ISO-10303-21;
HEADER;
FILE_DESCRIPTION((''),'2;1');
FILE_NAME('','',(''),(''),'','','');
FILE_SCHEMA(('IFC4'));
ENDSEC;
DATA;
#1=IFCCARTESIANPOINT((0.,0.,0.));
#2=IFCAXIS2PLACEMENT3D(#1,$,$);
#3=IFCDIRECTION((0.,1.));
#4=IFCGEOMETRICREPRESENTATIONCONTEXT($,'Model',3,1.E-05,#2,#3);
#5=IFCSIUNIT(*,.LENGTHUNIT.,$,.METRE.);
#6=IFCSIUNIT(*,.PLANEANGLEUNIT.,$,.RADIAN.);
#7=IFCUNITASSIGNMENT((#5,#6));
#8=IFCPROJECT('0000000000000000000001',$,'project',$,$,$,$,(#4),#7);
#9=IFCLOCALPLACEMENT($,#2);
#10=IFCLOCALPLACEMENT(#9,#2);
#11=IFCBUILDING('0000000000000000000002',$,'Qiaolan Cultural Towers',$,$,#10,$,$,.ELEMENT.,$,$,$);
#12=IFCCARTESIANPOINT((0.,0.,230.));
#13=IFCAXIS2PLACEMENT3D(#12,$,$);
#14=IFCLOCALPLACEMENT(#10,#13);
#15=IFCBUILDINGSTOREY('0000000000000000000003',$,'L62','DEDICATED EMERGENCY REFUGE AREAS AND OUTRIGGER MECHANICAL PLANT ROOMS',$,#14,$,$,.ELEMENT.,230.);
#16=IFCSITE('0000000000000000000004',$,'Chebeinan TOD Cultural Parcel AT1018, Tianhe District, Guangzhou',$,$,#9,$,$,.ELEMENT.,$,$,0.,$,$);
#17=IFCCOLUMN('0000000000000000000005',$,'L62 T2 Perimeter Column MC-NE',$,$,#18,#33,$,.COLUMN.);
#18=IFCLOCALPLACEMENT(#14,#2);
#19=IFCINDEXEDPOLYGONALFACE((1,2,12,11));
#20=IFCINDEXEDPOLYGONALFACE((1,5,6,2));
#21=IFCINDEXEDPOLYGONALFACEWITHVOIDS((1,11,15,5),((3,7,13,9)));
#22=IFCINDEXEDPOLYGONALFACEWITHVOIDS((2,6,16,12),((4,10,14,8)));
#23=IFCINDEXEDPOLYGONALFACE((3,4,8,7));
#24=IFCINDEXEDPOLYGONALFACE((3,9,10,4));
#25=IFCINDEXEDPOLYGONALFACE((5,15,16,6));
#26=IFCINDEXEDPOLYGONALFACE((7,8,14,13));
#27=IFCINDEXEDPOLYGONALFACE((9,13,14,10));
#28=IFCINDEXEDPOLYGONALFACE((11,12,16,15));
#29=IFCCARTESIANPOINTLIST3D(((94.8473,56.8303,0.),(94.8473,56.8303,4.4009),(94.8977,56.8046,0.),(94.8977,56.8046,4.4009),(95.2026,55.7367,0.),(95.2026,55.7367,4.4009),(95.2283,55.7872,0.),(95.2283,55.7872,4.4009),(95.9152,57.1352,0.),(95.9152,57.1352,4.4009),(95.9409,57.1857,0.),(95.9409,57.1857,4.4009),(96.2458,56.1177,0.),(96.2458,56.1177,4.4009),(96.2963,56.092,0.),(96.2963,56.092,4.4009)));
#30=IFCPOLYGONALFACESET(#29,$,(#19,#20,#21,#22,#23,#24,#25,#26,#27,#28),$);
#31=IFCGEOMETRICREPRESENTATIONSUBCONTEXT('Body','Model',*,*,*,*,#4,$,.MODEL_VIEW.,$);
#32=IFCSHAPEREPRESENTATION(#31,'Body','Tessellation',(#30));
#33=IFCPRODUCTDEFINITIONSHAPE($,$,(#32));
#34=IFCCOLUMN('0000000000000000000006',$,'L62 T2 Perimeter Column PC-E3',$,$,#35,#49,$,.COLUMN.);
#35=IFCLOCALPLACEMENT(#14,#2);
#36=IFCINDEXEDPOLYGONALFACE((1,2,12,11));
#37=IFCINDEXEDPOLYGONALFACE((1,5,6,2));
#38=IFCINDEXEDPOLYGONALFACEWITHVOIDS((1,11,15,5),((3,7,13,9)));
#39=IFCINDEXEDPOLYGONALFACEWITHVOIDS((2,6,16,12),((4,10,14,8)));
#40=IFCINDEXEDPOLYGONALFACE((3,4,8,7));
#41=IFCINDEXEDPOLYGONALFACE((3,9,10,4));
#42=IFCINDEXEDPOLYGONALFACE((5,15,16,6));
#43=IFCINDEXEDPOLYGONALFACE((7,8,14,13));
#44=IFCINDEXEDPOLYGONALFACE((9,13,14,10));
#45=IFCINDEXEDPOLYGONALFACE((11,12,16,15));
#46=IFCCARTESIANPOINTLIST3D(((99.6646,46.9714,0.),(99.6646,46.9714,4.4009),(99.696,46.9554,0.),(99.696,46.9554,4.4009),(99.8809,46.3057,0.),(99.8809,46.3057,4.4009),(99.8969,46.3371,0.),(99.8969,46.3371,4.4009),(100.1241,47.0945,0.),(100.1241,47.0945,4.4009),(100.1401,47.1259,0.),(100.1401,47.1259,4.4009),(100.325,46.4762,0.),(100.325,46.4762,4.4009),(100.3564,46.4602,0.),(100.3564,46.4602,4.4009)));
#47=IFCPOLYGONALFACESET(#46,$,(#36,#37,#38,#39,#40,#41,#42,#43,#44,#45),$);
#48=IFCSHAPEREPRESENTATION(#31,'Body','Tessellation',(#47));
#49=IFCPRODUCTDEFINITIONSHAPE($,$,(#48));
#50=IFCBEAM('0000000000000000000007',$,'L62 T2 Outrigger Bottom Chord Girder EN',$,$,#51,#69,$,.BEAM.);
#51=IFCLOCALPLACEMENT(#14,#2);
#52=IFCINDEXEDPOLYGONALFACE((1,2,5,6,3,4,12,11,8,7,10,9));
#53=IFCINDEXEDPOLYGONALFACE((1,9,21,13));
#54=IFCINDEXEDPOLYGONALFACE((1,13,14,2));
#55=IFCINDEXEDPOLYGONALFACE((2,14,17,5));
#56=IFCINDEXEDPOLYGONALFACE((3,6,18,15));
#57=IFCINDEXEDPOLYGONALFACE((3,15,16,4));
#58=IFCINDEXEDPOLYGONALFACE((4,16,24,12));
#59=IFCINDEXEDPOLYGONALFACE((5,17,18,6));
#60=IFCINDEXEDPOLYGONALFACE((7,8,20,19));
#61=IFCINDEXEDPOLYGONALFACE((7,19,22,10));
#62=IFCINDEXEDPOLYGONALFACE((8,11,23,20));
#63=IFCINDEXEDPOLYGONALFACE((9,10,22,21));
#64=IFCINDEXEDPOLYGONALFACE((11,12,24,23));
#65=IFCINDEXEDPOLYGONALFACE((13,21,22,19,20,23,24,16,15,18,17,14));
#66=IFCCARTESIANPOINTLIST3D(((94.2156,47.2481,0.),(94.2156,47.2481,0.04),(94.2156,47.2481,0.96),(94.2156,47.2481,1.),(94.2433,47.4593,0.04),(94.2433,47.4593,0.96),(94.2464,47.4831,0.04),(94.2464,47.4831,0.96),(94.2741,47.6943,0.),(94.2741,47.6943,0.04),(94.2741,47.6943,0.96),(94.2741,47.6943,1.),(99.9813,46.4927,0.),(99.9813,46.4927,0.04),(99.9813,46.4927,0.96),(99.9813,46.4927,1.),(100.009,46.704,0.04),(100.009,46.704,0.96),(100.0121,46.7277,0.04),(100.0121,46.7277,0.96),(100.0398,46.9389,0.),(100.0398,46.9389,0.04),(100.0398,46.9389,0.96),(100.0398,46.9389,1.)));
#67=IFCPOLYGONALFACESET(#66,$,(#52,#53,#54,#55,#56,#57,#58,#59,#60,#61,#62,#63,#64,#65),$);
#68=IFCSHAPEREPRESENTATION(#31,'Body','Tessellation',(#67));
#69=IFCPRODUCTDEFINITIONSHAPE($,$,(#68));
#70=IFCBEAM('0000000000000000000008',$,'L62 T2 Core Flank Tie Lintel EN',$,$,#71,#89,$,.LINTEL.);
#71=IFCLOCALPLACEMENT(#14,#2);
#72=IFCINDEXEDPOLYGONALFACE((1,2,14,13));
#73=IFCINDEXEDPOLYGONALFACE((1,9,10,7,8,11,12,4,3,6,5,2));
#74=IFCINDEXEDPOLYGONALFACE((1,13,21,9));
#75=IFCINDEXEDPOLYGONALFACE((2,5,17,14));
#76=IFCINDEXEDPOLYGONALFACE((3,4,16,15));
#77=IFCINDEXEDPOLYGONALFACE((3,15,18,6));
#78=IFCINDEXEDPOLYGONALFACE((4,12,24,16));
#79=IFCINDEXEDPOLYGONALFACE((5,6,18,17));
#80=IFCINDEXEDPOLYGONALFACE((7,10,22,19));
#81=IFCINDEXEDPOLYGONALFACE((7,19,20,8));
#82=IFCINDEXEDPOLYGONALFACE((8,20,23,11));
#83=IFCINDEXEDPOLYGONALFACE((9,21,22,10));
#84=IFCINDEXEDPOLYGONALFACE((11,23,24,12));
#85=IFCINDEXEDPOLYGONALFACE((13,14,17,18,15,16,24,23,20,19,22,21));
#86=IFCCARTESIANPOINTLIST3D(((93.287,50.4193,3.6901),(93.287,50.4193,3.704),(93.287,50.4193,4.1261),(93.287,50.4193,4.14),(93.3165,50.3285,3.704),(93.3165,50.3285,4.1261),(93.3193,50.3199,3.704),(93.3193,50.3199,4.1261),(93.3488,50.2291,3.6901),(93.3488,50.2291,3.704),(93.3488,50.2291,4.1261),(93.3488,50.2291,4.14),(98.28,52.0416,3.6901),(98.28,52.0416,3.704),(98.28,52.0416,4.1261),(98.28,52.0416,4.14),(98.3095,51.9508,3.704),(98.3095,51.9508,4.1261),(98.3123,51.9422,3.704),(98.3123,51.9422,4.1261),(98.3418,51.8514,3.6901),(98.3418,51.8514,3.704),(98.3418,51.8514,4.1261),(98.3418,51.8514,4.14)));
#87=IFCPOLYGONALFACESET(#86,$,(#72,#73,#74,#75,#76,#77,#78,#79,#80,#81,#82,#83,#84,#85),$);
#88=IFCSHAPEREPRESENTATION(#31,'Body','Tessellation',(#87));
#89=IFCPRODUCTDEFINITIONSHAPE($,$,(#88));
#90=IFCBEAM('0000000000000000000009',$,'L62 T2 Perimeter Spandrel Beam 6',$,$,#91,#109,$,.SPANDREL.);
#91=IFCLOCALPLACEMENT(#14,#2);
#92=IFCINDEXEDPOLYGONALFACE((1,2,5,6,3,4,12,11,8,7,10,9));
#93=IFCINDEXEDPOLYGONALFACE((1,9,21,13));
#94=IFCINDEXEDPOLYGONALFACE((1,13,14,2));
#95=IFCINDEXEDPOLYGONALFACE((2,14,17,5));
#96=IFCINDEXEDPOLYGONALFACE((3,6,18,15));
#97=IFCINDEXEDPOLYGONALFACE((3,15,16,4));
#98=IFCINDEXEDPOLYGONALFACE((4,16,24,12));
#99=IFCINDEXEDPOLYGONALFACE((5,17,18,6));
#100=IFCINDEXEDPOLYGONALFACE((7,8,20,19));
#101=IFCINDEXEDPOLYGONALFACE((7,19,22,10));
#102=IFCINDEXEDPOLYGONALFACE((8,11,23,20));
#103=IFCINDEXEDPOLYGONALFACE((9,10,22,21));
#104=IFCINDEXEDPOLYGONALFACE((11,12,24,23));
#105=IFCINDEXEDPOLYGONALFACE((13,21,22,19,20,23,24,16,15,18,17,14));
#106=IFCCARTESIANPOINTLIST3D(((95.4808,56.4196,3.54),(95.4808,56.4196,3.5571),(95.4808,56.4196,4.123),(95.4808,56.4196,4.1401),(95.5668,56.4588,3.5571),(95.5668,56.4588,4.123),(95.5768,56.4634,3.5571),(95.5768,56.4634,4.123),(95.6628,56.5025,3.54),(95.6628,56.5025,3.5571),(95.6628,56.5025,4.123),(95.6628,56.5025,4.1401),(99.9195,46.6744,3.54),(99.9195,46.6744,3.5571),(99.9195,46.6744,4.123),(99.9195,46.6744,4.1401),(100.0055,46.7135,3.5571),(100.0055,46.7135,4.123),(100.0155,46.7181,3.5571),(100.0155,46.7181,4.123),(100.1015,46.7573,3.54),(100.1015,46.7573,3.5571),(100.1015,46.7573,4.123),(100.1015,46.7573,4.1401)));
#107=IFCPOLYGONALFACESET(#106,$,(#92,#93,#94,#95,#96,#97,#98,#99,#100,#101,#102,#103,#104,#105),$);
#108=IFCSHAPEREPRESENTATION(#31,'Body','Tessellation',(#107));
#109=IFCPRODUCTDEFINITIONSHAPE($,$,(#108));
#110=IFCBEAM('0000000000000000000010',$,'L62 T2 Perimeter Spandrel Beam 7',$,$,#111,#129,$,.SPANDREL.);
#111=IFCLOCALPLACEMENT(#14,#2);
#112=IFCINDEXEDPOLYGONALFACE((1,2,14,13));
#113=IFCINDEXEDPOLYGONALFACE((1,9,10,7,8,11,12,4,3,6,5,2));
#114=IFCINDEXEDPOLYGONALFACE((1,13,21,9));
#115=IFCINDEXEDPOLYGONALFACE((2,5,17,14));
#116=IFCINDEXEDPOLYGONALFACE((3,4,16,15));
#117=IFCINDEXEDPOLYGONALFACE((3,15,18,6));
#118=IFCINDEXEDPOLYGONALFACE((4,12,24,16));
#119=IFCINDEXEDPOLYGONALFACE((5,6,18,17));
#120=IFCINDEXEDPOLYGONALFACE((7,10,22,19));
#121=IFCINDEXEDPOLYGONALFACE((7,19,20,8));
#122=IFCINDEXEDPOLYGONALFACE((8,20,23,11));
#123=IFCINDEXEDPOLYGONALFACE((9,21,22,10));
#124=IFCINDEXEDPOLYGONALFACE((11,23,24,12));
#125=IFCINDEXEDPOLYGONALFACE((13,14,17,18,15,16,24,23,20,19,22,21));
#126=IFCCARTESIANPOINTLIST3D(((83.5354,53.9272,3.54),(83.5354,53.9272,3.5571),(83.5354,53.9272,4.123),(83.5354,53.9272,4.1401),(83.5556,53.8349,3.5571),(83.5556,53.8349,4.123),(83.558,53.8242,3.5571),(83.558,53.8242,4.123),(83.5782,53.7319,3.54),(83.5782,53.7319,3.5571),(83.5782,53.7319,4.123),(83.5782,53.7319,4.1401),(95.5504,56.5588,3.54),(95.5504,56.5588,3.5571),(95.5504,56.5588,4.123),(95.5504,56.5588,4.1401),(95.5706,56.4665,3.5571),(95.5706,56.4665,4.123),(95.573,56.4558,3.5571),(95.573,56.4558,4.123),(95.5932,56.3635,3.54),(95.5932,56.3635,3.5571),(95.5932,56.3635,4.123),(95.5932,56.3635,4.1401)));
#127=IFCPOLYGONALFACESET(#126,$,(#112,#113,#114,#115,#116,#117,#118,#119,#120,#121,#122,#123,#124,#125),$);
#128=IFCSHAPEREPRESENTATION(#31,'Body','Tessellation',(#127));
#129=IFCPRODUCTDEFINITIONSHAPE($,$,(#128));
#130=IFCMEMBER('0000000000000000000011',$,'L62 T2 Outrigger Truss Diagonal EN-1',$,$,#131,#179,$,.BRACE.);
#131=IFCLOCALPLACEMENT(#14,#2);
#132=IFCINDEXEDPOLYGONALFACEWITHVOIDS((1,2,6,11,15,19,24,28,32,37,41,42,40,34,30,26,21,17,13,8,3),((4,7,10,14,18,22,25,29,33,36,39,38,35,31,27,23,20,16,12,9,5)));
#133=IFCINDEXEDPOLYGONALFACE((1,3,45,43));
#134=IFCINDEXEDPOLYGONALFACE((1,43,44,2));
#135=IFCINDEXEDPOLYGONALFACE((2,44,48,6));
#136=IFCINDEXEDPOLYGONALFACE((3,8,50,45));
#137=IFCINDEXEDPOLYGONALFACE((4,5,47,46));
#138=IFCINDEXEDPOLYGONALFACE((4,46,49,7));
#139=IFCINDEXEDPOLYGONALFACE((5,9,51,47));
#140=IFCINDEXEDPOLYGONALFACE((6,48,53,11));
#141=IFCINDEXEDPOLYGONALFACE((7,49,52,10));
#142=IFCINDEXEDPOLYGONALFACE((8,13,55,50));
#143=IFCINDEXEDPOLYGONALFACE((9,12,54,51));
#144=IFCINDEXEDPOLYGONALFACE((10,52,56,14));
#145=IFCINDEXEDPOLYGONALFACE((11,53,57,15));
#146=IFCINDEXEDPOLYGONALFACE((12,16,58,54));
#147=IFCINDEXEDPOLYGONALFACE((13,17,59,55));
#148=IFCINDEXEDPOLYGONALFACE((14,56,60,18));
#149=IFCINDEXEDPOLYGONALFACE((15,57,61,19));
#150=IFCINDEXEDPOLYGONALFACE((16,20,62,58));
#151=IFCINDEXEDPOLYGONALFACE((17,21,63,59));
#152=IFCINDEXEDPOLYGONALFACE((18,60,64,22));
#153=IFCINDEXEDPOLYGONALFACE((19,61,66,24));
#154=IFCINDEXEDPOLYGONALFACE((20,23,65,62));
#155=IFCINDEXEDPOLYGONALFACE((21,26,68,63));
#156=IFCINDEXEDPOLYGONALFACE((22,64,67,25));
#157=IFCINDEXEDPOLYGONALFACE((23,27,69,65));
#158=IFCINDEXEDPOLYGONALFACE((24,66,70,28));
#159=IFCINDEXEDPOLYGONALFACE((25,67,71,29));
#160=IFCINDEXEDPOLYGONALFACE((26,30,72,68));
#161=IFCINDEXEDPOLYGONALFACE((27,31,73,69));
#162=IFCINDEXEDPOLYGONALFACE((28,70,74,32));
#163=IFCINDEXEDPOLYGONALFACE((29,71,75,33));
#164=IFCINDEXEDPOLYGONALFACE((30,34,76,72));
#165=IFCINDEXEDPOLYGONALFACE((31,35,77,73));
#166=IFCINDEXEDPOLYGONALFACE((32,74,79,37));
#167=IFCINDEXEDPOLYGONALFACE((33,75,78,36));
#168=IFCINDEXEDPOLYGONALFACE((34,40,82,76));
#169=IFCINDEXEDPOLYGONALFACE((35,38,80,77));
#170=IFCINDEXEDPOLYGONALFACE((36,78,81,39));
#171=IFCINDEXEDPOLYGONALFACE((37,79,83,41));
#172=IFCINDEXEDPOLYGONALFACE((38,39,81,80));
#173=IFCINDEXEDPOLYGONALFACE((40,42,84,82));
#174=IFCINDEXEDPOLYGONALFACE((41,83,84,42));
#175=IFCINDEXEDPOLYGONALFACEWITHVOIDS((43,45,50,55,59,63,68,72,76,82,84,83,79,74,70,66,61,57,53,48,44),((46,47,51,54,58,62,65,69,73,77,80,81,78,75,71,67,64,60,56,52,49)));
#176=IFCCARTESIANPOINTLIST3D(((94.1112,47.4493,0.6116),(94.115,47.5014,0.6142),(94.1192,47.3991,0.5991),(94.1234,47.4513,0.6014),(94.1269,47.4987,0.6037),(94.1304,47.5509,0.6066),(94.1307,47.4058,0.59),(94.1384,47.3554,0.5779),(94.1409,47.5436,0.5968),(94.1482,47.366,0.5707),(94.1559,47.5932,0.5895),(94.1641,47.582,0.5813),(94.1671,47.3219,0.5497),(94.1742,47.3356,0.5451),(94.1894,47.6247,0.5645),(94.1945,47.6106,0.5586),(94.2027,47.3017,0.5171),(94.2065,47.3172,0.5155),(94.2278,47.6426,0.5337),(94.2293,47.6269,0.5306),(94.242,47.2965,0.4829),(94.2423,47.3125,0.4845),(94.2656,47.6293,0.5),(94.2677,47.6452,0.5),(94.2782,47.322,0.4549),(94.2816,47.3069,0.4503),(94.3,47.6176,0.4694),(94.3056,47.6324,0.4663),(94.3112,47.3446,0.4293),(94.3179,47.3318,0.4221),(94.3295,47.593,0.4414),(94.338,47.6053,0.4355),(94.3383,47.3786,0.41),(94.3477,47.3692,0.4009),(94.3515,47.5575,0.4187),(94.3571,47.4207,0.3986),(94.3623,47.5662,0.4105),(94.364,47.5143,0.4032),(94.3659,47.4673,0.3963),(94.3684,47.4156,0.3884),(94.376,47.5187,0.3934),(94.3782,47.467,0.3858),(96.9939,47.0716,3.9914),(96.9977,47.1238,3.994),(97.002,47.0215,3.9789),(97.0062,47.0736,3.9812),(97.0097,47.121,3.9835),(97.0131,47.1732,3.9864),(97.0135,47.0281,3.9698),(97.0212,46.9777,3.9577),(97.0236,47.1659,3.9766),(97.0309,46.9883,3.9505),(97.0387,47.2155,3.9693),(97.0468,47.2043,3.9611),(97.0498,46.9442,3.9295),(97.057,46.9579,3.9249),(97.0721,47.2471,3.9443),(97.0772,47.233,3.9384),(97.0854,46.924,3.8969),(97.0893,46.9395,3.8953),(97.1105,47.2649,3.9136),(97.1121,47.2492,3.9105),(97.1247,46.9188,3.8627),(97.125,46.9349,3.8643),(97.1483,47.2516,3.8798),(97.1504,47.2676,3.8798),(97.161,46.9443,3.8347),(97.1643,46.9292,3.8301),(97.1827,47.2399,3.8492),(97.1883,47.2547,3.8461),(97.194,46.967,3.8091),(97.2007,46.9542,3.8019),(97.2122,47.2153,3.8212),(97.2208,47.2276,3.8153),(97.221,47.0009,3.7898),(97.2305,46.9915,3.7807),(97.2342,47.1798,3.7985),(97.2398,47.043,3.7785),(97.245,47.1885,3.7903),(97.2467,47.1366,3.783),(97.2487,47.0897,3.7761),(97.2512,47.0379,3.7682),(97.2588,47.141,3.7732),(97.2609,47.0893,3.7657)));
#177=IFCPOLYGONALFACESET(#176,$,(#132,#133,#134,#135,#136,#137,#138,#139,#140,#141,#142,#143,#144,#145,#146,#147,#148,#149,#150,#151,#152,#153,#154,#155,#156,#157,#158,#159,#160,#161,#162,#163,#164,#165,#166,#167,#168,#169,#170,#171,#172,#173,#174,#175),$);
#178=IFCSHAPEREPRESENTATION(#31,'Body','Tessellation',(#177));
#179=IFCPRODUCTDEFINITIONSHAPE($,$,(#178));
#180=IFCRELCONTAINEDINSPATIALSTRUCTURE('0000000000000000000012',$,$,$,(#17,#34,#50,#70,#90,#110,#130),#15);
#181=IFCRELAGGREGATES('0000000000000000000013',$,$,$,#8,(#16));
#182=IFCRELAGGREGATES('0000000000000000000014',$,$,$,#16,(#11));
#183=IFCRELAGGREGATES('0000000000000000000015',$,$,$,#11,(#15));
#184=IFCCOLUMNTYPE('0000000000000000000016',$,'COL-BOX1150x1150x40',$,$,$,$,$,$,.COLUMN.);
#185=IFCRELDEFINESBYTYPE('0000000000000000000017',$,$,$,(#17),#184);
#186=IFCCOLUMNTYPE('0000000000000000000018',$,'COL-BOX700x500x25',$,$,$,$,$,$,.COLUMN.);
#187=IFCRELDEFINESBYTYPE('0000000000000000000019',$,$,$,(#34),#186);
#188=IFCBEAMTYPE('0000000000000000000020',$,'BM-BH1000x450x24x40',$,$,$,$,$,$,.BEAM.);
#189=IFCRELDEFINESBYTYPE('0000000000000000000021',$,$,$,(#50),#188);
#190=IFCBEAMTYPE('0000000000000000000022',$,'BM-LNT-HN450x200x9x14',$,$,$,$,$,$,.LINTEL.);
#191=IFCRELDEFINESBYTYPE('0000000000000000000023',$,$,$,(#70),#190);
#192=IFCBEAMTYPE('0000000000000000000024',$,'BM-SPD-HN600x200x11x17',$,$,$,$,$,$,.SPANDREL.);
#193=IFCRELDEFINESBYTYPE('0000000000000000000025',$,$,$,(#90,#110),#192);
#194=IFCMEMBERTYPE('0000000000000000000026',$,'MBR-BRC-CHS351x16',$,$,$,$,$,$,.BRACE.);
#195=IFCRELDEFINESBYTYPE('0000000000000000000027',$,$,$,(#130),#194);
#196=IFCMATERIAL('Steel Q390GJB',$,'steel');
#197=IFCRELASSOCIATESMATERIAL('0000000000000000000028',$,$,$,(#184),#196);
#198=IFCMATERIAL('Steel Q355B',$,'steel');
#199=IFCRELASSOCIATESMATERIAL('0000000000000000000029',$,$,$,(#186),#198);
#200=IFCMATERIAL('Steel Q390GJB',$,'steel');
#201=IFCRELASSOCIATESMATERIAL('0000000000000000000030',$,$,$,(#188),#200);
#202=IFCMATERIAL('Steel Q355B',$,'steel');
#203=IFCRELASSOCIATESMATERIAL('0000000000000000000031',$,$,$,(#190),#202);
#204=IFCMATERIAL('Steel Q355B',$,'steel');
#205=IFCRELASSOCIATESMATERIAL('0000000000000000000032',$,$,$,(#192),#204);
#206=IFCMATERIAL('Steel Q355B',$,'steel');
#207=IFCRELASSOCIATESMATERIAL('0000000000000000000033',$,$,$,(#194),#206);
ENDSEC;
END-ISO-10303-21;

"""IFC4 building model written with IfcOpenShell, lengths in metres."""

from ifc_helpers import new_model, si_unit, direction, frame, origin, origin_2d, place, context, subcontext, project, spatial, hollow_rectangle, hollow_circle, i_section, extrude, material, material_profile, profile_set, type_object, element, save


model = new_model("IFC4")

# Units and contexts
model_context = context("Model", 3, precision=1e-05, world=origin(), true_north=direction((0.0, 1.0)))
body_context = subcontext(model_context, "Body", "Model", "MODEL_VIEW")
ifc_project = project(units=[si_unit("LENGTHUNIT", "METRE"), si_unit("PLANEANGLEUNIT", "RADIAN")], contexts=[model_context])

# Site, building, storey
site_placement = place(None, origin())
site = spatial("IfcSite", under=ifc_project, at=site_placement, Name="Chebeinan TOD Cultural Parcel AT1018, Tianhe District, Guangzhou", CompositionType="ELEMENT", RefElevation=0.0)
building_placement = place(site_placement, origin())
building = spatial("IfcBuilding", under=site, at=building_placement, Name="Qiaolan Cultural Towers", CompositionType="ELEMENT")
storey_placement = place(building_placement, frame((0.0, 0.0, 230.0)))
storey = spatial("IfcBuildingStorey", under=building, at=storey_placement, Name="L62", Description="DEDICATED EMERGENCY REFUGE AREAS AND OUTRIGGER MECHANICAL PLANT ROOMS", CompositionType="ELEMENT", Elevation=230.0)

# Columns
ifc_material_1 = material(Name="Steel Q390GJB", Category="steel")
ifc_material_profile_1 = material_profile(ifc_material_1, hollow_rectangle(XDim=1.1499, YDim=1.1499, WallThickness=0.04, at=origin_2d()), Name="BOX1150x1150x40")
ifc_profile_set_1 = profile_set([ifc_material_profile_1], Name="Steel Q390GJB")
column_type_1 = type_object("IfcColumnType", Name="COL-BOX1150x1150x40", PredefinedType="COLUMN", material=ifc_profile_set_1)
column_1_placement = place(storey_placement, frame((95.5718, 56.4612, 0.0), z_axis=(0.0, 0.0, 1.0), x_axis=(0.951057, 0.309017, 0.0)))
element("IfcColumn", 1, at=column_1_placement, inside=storey, type_object=column_type_1, Name="L62 T2 Perimeter Column MC-NE", PredefinedType="COLUMN", context=body_context, shape_type="SweptSolid", body=[
    extrude(hollow_rectangle(XDim=1.1499, YDim=1.1499, WallThickness=0.04, at=origin_2d()), origin(), (0.0, 0.0, 1.0), 4.4009),
])
ifc_material_2 = material(Name="Steel Q355B", Category="steel")
ifc_material_profile_2 = material_profile(ifc_material_2, hollow_rectangle(XDim=0.5, YDim=0.7, WallThickness=0.0249, at=origin_2d()), Name="BOX700x500x25")
ifc_profile_set_2 = profile_set([ifc_material_profile_2], Name="Steel Q355B")
column_type_2 = type_object("IfcColumnType", Name="COL-BOX700x500x25", PredefinedType="COLUMN", material=ifc_profile_set_2)
column_2_placement = place(storey_placement, frame((100.0105, 46.7158, 0.0), z_axis=(0.0, 0.0, 1.0), x_axis=(0.951057, 0.309017, 0.0)))
element("IfcColumn", 2, at=column_2_placement, inside=storey, type_object=column_type_2, Name="L62 T2 Perimeter Column PC-E3", PredefinedType="COLUMN", context=body_context, shape_type="SweptSolid", body=[
    extrude(hollow_rectangle(XDim=0.5, YDim=0.7, WallThickness=0.0249, at=origin_2d()), origin(), (0.0, 0.0, 1.0), 4.4009),
])

# Beams
ifc_material_3 = material(Name="Steel Q390GJB", Category="steel")
ifc_material_profile_3 = material_profile(ifc_material_3, i_section(OverallWidth=0.45, OverallDepth=1.0, WebThickness=0.0239, FlangeThickness=0.04, at=origin_2d()), Name="BH1000x450x24x40")
ifc_profile_set_3 = profile_set([ifc_material_profile_3], Name="Steel Q390GJB")
beam_type_1 = type_object("IfcBeamType", Name="BM-BH1000x450x24x40", PredefinedType="BEAM", material=ifc_profile_set_3)
beam_1_placement = place(storey_placement, frame((94.2449, 47.4712, 0.5), z_axis=(0.991527, -0.129903, 0.0), x_axis=(0.129903, 0.991527, 0.0)))
element("IfcBeam", 3, at=beam_1_placement, inside=storey, type_object=beam_type_1, Name="L62 T2 Outrigger Bottom Chord Girder EN", PredefinedType="BEAM", context=body_context, shape_type="SweptSolid", body=[
    extrude(i_section(OverallWidth=0.45, OverallDepth=1.0, WebThickness=0.0239, FlangeThickness=0.04, at=origin_2d()), origin(), (0.0, 0.0, 1.0), 5.8149),
])
ifc_material_4 = material(Name="Steel Q355B", Category="steel")
ifc_material_profile_4 = material_profile(ifc_material_4, i_section(OverallWidth=0.2, OverallDepth=0.45, WebThickness=0.009, FlangeThickness=0.0139, at=origin_2d()), Name="HN450x200x9x14")
ifc_profile_set_4 = profile_set([ifc_material_profile_4], Name="Steel Q355B")
beam_type_2 = type_object("IfcBeamType", Name="BM-LNT-HN450x200x9x14", PredefinedType="LINTEL", material=ifc_profile_set_4)
beam_2_placement = place(storey_placement, frame((93.3179, 50.3242, 3.915), z_axis=(0.95106, 0.309006, 0.0), x_axis=(-0.309006, 0.95106, 0.0)))
element("IfcBeam", 4, at=beam_2_placement, inside=storey, type_object=beam_type_2, Name="L62 T2 Core Flank Tie Lintel EN", PredefinedType="LINTEL", context=body_context, shape_type="SweptSolid", body=[
    extrude(i_section(OverallWidth=0.2, OverallDepth=0.45, WebThickness=0.009, FlangeThickness=0.0139, at=origin_2d()), origin(), (0.0, 0.0, 1.0), 5.25),
])
ifc_material_5 = material(Name="Steel Q355B", Category="steel")
ifc_material_profile_5 = material_profile(ifc_material_5, i_section(OverallWidth=0.2, OverallDepth=0.6001, WebThickness=0.011, FlangeThickness=0.0171, at=origin_2d()), Name="HN600x200x11x17")
ifc_profile_set_5 = profile_set([ifc_material_profile_5], Name="Steel Q355B")
beam_type_3 = type_object("IfcBeamType", Name="BM-SPD-HN600x200x11x17", PredefinedType="SPANDREL", material=ifc_profile_set_5)
beam_3_placement = place(storey_placement, frame((100.0105, 46.7158, 3.8401), z_axis=(-0.4145, 0.910049, 0.0), x_axis=(-0.910049, -0.4145, 0.0)))
element("IfcBeam", 5, at=beam_3_placement, inside=storey, type_object=beam_type_3, Name="L62 T2 Perimeter Spandrel Beam 6", PredefinedType="SPANDREL", context=body_context, shape_type="SweptSolid", body=[
    extrude(i_section(OverallWidth=0.2, OverallDepth=0.6001, WebThickness=0.011, FlangeThickness=0.0171, at=origin_2d()), origin(), (0.0, 0.0, 1.0), 10.7085),
])
beam_4_placement = place(storey_placement, frame((95.5718, 56.4612, 3.8401), z_axis=(-0.976843, -0.213956, 0.0), x_axis=(0.213956, -0.976843, 0.0)))
element("IfcBeam", 6, at=beam_4_placement, inside=storey, type_object=beam_type_3, Name="L62 T2 Perimeter Spandrel Beam 7", PredefinedType="SPANDREL", context=body_context, shape_type="SweptSolid", body=[
    extrude(i_section(OverallWidth=0.2, OverallDepth=0.6001, WebThickness=0.011, FlangeThickness=0.0171, at=origin_2d()), origin(), (0.0, 0.0, 1.0), 12.2998),
])

# Member
ifc_material_6 = material(Name="Steel Q355B", Category="steel")
ifc_material_profile_6 = material_profile(ifc_material_6, hollow_circle(Radius=0.1755, WallThickness=0.0161, at=origin_2d()), Name="CHS351x16")
ifc_profile_set_6 = profile_set([ifc_material_profile_6], Name="Steel Q355B")
member_type_1 = type_object("IfcMemberType", Name="MBR-BRC-CHS351x16", PredefinedType="BRACE", material=ifc_profile_set_6)
for number, where, z_axis, x_axis, name in (
    (7, (94.2449, 47.4712, 0.5), (0.64661, -0.084714, 0.758102), (0.129903, 0.991527, 0.0), "L62 T2 Outrigger Truss Diagonal EN-1"),
):
    element("IfcMember", number, at=place(storey_placement, frame(where, z_axis=z_axis, x_axis=x_axis)), inside=storey, type_object=member_type_1, Name=name, PredefinedType="BRACE", context=body_context, shape_type="SweptSolid", body=[
        extrude(hollow_circle(Radius=0.1755, WallThickness=0.0161, at=origin_2d()), origin(), (0.0, 0.0, 1.0), 4.4583),
    ])

save(model, "model.ifc")
